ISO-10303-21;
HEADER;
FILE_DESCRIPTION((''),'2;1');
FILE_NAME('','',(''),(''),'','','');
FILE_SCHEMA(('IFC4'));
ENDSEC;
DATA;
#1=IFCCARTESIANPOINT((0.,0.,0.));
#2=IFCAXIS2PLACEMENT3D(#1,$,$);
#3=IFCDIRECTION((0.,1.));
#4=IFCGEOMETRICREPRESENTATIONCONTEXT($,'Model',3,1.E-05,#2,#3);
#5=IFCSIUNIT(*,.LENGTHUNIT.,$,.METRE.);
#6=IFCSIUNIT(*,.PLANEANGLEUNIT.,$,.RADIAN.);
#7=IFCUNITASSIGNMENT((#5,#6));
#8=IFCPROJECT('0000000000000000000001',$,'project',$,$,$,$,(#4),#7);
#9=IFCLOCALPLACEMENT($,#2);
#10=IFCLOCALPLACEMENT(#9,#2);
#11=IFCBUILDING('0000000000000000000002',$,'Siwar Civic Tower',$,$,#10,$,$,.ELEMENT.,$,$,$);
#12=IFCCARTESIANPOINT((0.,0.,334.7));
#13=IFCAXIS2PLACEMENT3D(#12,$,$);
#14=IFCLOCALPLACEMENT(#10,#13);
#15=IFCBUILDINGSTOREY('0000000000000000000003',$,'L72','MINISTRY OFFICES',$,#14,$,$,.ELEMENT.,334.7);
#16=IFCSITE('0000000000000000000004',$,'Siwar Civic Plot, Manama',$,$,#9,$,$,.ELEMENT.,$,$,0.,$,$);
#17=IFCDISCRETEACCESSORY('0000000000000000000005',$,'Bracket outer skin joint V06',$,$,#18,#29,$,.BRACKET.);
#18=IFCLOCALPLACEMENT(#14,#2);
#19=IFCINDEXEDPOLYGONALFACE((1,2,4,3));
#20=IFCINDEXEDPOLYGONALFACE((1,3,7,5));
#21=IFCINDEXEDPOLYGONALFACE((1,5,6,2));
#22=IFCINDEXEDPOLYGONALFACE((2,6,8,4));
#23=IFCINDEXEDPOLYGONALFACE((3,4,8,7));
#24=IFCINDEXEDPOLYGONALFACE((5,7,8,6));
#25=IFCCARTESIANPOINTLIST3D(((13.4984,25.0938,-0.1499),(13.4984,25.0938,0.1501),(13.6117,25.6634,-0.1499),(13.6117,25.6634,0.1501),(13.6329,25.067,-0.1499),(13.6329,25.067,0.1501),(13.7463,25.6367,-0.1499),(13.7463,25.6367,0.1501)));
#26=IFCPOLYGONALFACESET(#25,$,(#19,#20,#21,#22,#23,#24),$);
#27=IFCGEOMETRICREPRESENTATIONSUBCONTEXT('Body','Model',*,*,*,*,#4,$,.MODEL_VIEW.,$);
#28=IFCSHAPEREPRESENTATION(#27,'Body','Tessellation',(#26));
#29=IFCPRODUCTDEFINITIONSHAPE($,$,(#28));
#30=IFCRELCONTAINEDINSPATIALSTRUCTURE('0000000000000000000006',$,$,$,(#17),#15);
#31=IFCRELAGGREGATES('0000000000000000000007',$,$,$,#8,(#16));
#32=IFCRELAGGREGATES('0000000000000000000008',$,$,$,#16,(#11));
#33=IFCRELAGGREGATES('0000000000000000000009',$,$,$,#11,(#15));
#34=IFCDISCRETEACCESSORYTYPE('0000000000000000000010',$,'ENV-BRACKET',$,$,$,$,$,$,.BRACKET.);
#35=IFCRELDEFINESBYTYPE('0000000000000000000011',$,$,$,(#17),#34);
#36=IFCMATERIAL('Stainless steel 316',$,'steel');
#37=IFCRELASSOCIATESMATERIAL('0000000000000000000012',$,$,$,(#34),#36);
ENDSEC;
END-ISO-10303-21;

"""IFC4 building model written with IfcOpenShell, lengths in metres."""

from ifc_helpers import new_model, si_unit, direction, frame, origin, origin_2d, place, context, subcontext, project, spatial, rectangle, extrude, material, type_object, element, save


model = new_model("IFC4")

# Units and contexts
model_context = context("Model", 3, precision=1e-05, world=origin(), true_north=direction((0.0, 1.0)))
body_context = subcontext(model_context, "Body", "Model", "MODEL_VIEW")
ifc_project = project(units=[si_unit("LENGTHUNIT", "METRE"), si_unit("PLANEANGLEUNIT", "RADIAN")], contexts=[model_context])

# Site, building, storey
site_placement = place(None, origin())
site = spatial("IfcSite", under=ifc_project, at=site_placement, Name="Siwar Civic Plot, Manama", CompositionType="ELEMENT", RefElevation=0.0)
building_placement = place(site_placement, origin())
building = spatial("IfcBuilding", under=site, at=building_placement, Name="Siwar Civic Tower", CompositionType="ELEMENT")
storey_placement = place(building_placement, frame((0.0, 0.0, 334.7)))
storey = spatial("IfcBuildingStorey", under=building, at=storey_placement, Name="L72", Description="MINISTRY OFFICES", CompositionType="ELEMENT", Elevation=334.7)

# Discrete accessory
ifc_material_1 = material(Name="Stainless steel 316", Category="steel")
discrete_accessory_type = type_object("IfcDiscreteAccessoryType", Name="ENV-BRACKET", PredefinedType="BRACKET", material=ifc_material_1)
discrete_accessory_1_placement = place(storey_placement, frame((13.6223, 25.3652, -0.1499), z_axis=(0.0, 0.0, 1.0), x_axis=(0.19509, 0.980785, 0.0)))
element("IfcDiscreteAccessory", 1, at=discrete_accessory_1_placement, inside=storey, type_object=discrete_accessory_type, Name="Bracket outer skin joint V06", PredefinedType="BRACKET", context=body_context, shape_type="SweptSolid", body=[
    extrude(rectangle(XDim=0.5808, YDim=0.1372, at=origin_2d()), origin(), (0.0, 0.0, 1.0), 0.3),
])

save(model, "model.ifc")
